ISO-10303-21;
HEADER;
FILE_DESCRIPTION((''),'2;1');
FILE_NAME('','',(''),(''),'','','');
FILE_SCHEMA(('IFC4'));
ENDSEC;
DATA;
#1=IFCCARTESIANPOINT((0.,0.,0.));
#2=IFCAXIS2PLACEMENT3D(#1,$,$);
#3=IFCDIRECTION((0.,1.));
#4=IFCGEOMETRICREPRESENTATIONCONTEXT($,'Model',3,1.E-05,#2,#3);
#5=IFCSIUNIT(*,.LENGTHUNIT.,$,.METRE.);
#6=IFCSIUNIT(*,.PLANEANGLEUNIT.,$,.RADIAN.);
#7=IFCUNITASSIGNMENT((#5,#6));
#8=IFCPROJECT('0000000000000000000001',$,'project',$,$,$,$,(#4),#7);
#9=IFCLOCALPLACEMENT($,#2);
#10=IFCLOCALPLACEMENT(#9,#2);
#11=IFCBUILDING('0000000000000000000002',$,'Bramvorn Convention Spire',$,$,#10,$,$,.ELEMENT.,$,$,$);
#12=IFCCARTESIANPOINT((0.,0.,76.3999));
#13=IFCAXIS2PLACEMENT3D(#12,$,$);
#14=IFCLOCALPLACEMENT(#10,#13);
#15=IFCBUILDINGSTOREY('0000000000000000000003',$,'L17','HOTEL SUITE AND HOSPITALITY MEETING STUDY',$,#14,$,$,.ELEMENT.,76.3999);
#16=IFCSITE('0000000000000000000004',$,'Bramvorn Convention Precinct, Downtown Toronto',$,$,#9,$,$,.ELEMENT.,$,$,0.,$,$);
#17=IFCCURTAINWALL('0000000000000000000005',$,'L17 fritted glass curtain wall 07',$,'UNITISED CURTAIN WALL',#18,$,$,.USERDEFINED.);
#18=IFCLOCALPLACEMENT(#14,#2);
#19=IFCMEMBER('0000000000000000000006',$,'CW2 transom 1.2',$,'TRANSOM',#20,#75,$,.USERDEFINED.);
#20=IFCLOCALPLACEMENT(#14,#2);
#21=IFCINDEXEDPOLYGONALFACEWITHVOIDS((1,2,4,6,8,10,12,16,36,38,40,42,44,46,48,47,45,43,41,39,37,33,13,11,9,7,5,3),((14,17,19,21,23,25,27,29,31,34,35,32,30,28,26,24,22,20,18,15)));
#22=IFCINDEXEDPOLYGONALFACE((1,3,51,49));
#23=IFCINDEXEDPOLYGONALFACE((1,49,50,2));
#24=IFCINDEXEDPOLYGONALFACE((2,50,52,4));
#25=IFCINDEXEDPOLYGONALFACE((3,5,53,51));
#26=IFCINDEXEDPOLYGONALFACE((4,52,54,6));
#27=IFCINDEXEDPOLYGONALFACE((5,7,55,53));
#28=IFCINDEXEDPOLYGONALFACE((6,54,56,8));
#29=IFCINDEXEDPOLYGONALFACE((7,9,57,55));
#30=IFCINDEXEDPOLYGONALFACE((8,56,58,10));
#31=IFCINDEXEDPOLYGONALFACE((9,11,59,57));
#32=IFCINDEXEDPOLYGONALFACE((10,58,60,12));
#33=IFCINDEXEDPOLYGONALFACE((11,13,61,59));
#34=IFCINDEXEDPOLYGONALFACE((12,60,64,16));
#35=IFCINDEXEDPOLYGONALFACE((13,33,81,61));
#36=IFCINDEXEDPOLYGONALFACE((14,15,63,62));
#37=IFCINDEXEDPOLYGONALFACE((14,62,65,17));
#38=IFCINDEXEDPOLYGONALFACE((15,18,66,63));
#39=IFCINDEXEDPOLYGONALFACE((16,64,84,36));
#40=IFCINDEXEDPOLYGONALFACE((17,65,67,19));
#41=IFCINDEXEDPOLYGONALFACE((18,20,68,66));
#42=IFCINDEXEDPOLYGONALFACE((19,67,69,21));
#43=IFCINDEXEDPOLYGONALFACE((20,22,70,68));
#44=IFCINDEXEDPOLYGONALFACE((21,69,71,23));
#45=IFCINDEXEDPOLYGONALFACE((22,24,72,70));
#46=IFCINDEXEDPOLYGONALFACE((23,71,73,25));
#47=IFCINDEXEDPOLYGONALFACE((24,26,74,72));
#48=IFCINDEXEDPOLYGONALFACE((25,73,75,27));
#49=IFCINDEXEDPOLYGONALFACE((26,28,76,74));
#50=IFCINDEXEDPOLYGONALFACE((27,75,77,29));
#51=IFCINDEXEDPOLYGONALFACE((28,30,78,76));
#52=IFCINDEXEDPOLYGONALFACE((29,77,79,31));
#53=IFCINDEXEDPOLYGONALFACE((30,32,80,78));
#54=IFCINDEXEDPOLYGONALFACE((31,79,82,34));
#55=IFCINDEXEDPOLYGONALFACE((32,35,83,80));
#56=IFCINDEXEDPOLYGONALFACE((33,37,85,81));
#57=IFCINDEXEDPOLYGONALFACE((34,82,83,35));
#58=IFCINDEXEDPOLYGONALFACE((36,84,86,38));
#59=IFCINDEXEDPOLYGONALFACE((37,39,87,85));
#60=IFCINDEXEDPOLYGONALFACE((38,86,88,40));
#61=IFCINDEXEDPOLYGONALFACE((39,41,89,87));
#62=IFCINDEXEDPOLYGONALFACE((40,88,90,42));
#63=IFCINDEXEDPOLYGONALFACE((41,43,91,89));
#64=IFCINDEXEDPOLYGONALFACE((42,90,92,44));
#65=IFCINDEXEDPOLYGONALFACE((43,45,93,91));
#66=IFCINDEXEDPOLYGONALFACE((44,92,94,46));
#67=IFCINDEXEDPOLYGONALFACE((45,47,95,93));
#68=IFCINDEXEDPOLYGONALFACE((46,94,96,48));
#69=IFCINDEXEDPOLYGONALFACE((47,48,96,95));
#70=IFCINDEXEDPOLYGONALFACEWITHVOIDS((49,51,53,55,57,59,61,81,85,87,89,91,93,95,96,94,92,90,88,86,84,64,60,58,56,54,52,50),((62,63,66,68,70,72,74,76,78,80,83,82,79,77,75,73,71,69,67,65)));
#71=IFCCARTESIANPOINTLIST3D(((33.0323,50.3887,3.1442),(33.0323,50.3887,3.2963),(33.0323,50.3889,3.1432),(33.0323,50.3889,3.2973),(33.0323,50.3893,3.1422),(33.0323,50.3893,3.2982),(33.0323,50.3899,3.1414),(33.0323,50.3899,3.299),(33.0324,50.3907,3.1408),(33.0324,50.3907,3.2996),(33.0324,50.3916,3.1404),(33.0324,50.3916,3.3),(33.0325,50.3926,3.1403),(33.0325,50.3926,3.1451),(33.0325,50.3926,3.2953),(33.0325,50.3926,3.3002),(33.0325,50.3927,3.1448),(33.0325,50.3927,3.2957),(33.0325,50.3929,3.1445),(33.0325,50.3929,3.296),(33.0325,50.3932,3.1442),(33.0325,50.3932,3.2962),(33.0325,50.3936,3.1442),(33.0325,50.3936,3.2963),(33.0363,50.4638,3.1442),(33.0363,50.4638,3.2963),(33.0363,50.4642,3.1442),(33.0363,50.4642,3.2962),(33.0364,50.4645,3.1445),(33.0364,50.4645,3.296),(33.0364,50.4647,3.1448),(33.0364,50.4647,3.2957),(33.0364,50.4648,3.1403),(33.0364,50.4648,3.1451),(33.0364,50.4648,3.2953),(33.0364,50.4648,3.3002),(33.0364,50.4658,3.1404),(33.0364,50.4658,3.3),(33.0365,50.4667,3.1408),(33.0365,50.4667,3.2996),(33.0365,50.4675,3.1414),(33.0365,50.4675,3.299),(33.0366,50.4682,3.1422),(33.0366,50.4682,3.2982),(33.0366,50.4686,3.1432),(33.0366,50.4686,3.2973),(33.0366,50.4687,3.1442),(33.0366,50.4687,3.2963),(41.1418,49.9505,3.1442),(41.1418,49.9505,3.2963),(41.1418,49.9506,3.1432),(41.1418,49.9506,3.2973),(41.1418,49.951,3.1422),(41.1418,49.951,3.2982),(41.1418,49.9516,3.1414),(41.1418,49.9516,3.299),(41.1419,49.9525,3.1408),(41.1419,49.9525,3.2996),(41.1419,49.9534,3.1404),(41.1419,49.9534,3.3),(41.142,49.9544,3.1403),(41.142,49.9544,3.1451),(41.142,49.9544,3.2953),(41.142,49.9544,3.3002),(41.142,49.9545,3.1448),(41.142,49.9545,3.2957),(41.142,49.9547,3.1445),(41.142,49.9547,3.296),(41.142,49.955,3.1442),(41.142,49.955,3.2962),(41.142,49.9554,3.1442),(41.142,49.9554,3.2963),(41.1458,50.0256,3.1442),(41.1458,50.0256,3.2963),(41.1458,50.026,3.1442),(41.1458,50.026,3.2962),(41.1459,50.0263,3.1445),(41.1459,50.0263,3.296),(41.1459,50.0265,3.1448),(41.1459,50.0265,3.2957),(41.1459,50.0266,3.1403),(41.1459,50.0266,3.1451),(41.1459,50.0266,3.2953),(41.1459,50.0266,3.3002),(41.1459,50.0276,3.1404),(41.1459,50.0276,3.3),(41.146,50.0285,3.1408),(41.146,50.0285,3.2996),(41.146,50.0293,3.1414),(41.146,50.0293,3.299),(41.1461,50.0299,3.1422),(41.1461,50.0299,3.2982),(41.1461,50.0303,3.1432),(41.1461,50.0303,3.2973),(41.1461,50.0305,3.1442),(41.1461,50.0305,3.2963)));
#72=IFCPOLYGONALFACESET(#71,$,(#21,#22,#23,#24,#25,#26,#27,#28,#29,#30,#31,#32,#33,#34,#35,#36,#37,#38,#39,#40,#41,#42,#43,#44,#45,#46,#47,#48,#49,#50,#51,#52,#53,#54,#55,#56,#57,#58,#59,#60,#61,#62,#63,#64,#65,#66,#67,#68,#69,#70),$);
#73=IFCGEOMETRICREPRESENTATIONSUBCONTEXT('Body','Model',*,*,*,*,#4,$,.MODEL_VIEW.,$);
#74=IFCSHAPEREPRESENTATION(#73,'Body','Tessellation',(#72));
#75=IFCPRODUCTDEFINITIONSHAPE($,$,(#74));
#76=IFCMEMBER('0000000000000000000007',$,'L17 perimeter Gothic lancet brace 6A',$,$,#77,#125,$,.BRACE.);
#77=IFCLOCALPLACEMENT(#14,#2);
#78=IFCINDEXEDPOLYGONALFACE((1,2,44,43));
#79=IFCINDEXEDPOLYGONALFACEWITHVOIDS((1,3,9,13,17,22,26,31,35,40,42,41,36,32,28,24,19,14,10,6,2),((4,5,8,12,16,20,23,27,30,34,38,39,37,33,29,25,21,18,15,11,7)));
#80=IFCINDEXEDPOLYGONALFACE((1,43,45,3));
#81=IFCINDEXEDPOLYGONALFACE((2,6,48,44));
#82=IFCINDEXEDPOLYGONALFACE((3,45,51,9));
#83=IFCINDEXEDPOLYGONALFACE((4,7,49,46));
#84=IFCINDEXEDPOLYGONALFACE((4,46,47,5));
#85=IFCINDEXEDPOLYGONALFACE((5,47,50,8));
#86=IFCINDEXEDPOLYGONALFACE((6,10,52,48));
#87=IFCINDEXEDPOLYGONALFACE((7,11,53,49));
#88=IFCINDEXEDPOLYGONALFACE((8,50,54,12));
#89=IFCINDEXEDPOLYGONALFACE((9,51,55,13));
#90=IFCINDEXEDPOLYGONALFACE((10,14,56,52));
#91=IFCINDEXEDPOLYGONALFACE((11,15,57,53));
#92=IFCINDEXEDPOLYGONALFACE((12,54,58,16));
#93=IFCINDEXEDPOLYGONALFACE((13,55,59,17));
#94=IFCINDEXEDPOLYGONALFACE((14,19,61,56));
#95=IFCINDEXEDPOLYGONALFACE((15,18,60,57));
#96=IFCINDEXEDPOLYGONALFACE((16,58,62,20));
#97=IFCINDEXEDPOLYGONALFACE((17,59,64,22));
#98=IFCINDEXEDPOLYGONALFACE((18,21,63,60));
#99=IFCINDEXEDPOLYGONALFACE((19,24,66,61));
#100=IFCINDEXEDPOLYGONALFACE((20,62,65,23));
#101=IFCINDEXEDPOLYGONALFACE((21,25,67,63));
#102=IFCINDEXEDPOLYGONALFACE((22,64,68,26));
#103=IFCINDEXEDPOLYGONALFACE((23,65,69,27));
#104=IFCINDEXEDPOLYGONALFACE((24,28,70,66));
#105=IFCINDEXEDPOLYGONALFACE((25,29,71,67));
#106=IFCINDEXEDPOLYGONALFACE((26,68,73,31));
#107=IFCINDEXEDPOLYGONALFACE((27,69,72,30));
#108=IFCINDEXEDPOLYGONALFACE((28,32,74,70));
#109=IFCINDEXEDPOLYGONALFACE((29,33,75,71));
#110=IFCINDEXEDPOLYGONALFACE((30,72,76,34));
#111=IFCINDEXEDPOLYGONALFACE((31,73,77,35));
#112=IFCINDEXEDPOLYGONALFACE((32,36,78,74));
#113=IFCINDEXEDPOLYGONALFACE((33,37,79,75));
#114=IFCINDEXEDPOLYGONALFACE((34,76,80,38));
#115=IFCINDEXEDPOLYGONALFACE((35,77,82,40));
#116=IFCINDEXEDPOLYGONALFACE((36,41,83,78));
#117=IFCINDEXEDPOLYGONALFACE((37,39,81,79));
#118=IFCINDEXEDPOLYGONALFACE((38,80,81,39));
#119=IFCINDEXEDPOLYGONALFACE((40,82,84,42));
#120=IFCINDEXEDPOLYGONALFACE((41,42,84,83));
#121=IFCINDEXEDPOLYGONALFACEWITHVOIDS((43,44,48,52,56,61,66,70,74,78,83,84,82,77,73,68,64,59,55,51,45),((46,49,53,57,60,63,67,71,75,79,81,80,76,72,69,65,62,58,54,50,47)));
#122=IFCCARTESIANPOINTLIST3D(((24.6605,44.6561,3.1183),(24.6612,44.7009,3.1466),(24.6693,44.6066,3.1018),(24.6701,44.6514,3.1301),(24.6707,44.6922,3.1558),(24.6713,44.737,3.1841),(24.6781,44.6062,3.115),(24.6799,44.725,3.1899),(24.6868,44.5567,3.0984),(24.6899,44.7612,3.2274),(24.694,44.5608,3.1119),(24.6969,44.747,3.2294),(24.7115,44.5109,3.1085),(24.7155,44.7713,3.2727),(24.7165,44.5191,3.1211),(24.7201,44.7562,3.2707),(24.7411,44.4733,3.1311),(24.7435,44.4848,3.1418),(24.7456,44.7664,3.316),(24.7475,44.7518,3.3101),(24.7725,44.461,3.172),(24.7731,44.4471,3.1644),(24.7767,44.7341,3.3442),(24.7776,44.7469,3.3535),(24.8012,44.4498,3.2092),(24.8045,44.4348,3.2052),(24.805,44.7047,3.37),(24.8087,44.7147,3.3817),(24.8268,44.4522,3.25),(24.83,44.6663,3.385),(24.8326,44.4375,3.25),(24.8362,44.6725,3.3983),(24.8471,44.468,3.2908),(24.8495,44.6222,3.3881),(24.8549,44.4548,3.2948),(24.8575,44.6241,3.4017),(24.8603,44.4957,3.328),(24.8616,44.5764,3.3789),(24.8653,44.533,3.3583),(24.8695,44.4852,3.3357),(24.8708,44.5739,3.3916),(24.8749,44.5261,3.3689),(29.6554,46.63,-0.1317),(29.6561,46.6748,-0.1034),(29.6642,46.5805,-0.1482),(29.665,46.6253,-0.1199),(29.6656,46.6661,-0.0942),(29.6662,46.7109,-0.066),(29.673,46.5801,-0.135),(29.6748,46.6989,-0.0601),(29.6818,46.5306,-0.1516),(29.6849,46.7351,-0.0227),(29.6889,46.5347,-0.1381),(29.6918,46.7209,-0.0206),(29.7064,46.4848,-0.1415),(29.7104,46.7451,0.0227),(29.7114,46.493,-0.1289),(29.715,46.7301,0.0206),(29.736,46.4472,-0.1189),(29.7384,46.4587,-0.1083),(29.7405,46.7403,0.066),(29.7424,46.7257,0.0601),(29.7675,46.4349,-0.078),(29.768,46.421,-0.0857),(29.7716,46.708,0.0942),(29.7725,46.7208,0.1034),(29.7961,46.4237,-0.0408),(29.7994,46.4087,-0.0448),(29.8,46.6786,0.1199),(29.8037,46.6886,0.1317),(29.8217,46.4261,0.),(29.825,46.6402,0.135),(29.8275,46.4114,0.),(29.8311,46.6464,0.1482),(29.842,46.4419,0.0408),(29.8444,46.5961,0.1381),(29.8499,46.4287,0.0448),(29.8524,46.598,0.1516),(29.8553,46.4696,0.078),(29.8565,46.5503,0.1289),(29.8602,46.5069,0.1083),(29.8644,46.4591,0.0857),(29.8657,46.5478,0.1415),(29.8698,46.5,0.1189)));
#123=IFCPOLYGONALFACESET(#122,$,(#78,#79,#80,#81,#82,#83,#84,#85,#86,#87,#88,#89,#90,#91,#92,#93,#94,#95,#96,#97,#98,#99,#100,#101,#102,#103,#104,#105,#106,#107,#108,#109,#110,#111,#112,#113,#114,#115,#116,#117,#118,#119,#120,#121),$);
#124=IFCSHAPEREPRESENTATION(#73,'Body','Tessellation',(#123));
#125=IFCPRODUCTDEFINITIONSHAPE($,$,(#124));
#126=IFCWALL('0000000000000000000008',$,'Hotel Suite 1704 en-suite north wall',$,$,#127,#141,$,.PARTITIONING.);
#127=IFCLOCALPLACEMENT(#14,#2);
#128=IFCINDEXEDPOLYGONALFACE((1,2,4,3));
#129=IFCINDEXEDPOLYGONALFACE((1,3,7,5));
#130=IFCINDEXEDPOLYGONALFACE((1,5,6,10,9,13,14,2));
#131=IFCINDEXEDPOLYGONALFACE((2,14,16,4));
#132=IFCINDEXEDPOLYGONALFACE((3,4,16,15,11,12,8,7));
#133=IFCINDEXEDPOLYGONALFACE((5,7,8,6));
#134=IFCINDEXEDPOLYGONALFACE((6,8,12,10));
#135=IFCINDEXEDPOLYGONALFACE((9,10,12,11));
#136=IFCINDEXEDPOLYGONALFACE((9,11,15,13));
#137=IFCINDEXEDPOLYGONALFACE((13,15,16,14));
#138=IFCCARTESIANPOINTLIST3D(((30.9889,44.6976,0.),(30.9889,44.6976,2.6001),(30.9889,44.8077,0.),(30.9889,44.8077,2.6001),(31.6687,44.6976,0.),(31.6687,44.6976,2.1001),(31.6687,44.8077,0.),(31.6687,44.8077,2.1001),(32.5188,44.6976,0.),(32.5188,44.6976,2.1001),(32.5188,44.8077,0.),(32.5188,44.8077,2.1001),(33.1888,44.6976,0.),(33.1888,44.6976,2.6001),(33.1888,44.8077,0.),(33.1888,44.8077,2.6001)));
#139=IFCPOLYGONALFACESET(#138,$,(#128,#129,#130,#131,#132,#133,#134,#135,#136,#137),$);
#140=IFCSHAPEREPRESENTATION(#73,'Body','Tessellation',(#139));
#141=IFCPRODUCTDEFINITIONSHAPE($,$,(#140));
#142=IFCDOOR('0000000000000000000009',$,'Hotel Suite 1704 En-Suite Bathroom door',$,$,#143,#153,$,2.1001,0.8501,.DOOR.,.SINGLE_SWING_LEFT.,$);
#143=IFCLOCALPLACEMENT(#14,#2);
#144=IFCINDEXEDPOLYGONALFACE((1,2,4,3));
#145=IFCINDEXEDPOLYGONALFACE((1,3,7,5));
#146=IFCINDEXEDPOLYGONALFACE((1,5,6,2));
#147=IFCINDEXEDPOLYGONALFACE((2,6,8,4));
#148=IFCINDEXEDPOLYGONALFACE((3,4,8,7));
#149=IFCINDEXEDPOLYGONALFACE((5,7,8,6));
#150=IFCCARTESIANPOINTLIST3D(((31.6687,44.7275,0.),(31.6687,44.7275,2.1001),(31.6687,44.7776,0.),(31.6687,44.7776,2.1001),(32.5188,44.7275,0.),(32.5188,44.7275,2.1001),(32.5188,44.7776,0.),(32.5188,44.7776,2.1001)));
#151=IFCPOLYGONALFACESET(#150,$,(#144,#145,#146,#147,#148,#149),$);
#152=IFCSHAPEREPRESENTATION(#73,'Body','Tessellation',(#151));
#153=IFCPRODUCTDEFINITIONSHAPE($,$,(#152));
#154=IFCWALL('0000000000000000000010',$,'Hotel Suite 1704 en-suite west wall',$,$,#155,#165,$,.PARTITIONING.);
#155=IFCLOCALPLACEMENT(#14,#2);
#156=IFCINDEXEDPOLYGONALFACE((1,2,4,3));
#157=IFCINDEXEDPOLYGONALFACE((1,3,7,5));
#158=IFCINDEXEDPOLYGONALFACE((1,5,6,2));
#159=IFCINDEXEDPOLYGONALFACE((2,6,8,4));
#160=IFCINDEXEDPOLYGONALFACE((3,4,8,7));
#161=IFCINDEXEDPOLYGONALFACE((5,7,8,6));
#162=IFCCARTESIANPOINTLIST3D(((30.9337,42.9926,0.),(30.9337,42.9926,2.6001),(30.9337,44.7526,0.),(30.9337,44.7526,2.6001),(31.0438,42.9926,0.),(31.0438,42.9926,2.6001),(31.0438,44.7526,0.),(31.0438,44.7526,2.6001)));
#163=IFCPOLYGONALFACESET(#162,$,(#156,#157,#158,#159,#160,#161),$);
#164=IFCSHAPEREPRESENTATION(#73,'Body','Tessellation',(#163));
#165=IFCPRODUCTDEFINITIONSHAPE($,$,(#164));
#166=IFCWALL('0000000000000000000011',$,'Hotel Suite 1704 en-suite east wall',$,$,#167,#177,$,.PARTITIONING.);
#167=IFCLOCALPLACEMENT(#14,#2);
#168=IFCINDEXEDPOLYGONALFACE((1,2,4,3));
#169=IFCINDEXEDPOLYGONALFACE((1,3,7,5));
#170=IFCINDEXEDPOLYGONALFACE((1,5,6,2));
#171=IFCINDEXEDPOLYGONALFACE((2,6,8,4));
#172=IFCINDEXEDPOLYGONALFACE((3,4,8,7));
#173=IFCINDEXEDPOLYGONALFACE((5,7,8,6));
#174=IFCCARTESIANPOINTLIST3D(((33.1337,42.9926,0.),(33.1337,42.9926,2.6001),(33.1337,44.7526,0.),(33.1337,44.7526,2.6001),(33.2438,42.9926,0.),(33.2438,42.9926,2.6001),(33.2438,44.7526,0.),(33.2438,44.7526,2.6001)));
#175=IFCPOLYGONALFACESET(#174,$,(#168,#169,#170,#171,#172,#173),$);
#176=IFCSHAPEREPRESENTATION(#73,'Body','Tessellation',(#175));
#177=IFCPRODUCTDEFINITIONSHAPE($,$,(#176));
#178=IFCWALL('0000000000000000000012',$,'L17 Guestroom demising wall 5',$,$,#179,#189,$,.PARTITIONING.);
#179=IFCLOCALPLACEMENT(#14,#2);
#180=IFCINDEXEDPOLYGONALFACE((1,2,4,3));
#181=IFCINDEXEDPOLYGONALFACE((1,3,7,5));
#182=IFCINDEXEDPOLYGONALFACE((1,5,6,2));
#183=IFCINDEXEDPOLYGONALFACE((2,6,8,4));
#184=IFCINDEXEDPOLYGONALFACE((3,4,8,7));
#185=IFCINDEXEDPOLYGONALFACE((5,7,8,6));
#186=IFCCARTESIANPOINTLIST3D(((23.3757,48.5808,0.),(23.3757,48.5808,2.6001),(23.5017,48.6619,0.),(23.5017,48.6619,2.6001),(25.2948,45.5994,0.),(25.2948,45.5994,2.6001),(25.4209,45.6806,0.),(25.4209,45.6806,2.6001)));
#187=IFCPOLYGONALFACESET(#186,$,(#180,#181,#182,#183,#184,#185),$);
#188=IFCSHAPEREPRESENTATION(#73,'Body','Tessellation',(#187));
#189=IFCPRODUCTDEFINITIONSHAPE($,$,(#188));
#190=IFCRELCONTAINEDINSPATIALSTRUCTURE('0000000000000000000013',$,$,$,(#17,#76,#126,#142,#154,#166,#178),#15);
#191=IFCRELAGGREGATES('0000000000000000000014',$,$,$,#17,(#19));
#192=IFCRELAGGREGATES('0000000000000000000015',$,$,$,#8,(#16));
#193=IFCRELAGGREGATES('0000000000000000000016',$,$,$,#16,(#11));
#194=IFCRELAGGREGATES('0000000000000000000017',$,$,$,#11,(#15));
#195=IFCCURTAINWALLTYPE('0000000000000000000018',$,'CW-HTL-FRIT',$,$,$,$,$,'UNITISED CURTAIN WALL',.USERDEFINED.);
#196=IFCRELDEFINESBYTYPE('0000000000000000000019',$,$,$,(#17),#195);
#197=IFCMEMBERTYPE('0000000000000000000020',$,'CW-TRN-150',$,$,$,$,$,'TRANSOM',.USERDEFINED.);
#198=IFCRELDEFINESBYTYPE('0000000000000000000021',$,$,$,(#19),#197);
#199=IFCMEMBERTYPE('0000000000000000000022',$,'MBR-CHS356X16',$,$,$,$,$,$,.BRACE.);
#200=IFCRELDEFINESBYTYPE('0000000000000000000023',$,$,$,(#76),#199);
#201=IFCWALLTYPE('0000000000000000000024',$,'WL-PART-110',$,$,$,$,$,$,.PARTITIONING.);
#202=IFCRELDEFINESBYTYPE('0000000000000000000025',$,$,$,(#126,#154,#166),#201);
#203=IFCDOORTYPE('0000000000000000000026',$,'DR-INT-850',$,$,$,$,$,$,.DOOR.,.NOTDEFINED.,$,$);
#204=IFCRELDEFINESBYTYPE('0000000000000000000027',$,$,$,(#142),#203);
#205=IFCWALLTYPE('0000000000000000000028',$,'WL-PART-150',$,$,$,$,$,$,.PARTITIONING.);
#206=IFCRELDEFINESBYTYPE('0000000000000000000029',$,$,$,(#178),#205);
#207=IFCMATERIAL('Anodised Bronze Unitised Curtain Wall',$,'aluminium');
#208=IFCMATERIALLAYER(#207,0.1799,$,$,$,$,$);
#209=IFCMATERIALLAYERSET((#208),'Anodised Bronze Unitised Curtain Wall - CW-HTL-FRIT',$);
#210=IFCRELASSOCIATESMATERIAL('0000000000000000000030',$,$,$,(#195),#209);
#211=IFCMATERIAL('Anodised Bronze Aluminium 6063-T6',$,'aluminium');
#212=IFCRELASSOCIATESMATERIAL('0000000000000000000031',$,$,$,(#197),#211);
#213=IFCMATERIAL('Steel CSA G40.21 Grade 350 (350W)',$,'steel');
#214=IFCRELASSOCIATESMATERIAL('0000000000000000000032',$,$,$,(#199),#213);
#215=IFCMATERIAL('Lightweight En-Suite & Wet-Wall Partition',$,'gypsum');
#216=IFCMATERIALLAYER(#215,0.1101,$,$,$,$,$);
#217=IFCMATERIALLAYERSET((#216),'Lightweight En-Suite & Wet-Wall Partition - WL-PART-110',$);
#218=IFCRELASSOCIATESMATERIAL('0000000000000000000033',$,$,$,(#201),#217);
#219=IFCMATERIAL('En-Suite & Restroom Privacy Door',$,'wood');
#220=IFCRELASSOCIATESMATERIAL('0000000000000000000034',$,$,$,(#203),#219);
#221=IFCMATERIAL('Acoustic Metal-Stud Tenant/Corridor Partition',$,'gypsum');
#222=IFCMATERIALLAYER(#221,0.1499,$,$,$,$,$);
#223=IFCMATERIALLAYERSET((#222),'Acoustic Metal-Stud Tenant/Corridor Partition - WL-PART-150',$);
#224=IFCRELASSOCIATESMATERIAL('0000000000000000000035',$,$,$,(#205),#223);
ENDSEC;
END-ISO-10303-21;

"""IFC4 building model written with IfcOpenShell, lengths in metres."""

from ifc_helpers import new_model, si_unit, direction, frame, frame_2d, origin, origin_2d, place, context, subcontext, project, spatial, rectangle, hollow_rectangle, hollow_circle, extrude, material, layer, layer_set, material_profile, profile_set, type_object, element, fill, aggregate, save


model = new_model("IFC4")

# Units and contexts
model_context = context("Model", 3, precision=1e-05, world=origin(), true_north=direction((0.0, 1.0)))
body_context = subcontext(model_context, "Body", "Model", "MODEL_VIEW")
ifc_project = project(units=[si_unit("LENGTHUNIT", "METRE"), si_unit("PLANEANGLEUNIT", "RADIAN")], contexts=[model_context])

# Site, building, storey
site_placement = place(None, origin())
site = spatial("IfcSite", under=ifc_project, at=site_placement, Name="Bramvorn Convention Precinct, Downtown Toronto", CompositionType="ELEMENT", RefElevation=0.0)
building_placement = place(site_placement, origin())
building = spatial("IfcBuilding", under=site, at=building_placement, Name="Bramvorn Convention Spire", CompositionType="ELEMENT")
storey_placement = place(building_placement, frame((0.0, 0.0, 76.3999)))
storey = spatial("IfcBuildingStorey", under=building, at=storey_placement, Name="L17", Description="HOTEL SUITE AND HOSPITALITY MEETING STUDY", CompositionType="ELEMENT", Elevation=76.3999)

# Shared definitions
ifc_material_1 = material(Name="Steel CSA G40.21 Grade 350 (350W)", Category="steel")

# Curtain wall, member
ifc_material_2 = material(Name="Anodised Bronze Unitised Curtain Wall", Category="aluminium")
ifc_layer_1 = layer(ifc_material_2, 0.1799)
ifc_layer_set_1 = layer_set([ifc_layer_1], Name="Anodised Bronze Unitised Curtain Wall - CW-HTL-FRIT")
curtain_wall_type = type_object("IfcCurtainWallType", Name="CW-HTL-FRIT", ElementType="UNITISED CURTAIN WALL", PredefinedType="USERDEFINED", material=ifc_layer_set_1)
curtain_wall_placement = place(storey_placement, origin())
curtain_wall = element("IfcCurtainWall", 1, at=curtain_wall_placement, inside=storey, type_object=curtain_wall_type, Name="L17 fritted glass curtain wall 07", ObjectType="UNITISED CURTAIN WALL", PredefinedType="USERDEFINED")
ifc_material_3 = material(Name="Anodised Bronze Aluminium 6063-T6", Category="aluminium")
ifc_material_profile_1 = material_profile(ifc_material_3, hollow_rectangle(XDim=0.0801, YDim=0.1599, WallThickness=0.0039, InnerFilletRadius=0.001, OuterFilletRadius=0.0039, at=origin_2d()))
ifc_profile_set_1 = profile_set([ifc_material_profile_1], Name="Anodised Bronze Aluminium 6063-T6 - CWT80X160")
member_type_1 = type_object("IfcMemberType", Name="CW-TRN-150", ElementType="TRANSOM", PredefinedType="USERDEFINED", material=ifc_profile_set_1)
member_1_placement = place(storey_placement, frame((33.0344, 50.4287, 3.2202), z_axis=(0.998543, -0.05396, 0.0), x_axis=(0.05396, 0.998543, 0.0)))
member_1 = element("IfcMember", 2, at=member_1_placement, type_object=member_type_1, Name="CW2 transom 1.2", ObjectType="TRANSOM", PredefinedType="USERDEFINED", context=body_context, shape_type="SweptSolid", body=[
    extrude(hollow_rectangle(XDim=0.0801, YDim=0.1599, WallThickness=0.0039, InnerFilletRadius=0.001, OuterFilletRadius=0.0039, at=origin_2d()), origin(), (0.0, 0.0, 1.0), 8.1213),
])
aggregate(curtain_wall, [member_1])

# Member
ifc_material_profile_2 = material_profile(ifc_material_1, hollow_circle(Radius=0.1777, WallThickness=0.0159, at=origin_2d()))
ifc_profile_set_2 = profile_set([ifc_material_profile_2], Name="Steel CSA G40.21 Grade 350 (350W) - CHS356X16")
member_type_2 = type_object("IfcMemberType", Name="MBR-CHS356X16", PredefinedType="BRACE", material=ifc_profile_set_2)
member_2_placement = place(storey_placement, frame((29.7622, 46.5767, 0.0), z_axis=(-0.795674, -0.314435, 0.517719), x_axis=(0.367524, -0.930014, 0.0)))
element("IfcMember", 3, at=member_2_placement, inside=storey, type_object=member_type_2, Name="L17 perimeter Gothic lancet brace 6A", PredefinedType="BRACE", context=body_context, shape_type="SweptSolid", body=[
    extrude(hollow_circle(Radius=0.1777, WallThickness=0.0159, at=origin_2d()), origin(), (0.0, 0.0, 1.0), 6.2776),
])

# Wall, opening, door
ifc_material_4 = material(Name="Lightweight En-Suite & Wet-Wall Partition", Category="gypsum")
ifc_layer_2 = layer(ifc_material_4, 0.1101)
ifc_layer_set_2 = layer_set([ifc_layer_2], Name="Lightweight En-Suite & Wet-Wall Partition - WL-PART-110")
wall_type_1 = type_object("IfcWallType", Name="WL-PART-110", PredefinedType="PARTITIONING", material=ifc_layer_set_2)
wall_1_placement = place(storey_placement, frame((30.9888, 44.7527, 0.0), z_axis=(0.0, 0.0, 1.0), x_axis=(1.0, 0.0, 0.0)))
wall_1 = element("IfcWall", 4, at=wall_1_placement, inside=storey, type_object=wall_type_1, Name="Hotel Suite 1704 en-suite north wall", PredefinedType="PARTITIONING", context=body_context, shape_type="SweptSolid", body=[
    extrude(rectangle(XDim=2.2, YDim=0.1101, at=frame_2d((1.1001, 0.0))), origin(), (0.0, 0.0, 1.0), 2.6001),
])
opening_placement = place(wall_1_placement, frame((0.6799, 0.0, 0.0)))
opening = element("IfcOpeningElement", 5, at=opening_placement, cuts=wall_1, PredefinedType="OPENING", context=body_context, shape_type="SweptSolid", body=[
    extrude(rectangle(XDim=0.8501, YDim=2.1001, at=frame_2d((0.425, 1.05))), frame((0.0, 0.0649, 0.0), z_axis=(0.0, -1.0, 0.0), x_axis=(1.0, 0.0, 0.0)), (0.0, 0.0, 1.0), 0.1301),
])
ifc_material_5 = material(Name="En-Suite & Restroom Privacy Door", Category="wood")
door_type = type_object("IfcDoorType", Name="DR-INT-850", OperationType="NOTDEFINED", PredefinedType="DOOR", material=ifc_material_5)
door_placement = place(opening_placement, origin())
door = element("IfcDoor", 6, at=door_placement, inside=storey, type_object=door_type, Name="Hotel Suite 1704 En-Suite Bathroom door", OperationType="SINGLE_SWING_LEFT", OverallHeight=2.1001, OverallWidth=0.8501, PredefinedType="DOOR", context=body_context, shape_type="SweptSolid", body=[
    extrude(rectangle(XDim=0.8501, YDim=2.1001, at=frame_2d((0.425, 1.05))), frame((0.0, 0.0249, 0.0), z_axis=(0.0, -1.0, 0.0), x_axis=(1.0, 0.0, 0.0)), (0.0, 0.0, 1.0), 0.05),
])
fill(opening, door)

# Walls
for number, where, z_axis, x_axis, name in (
    (7, (30.9888, 42.9927, 0.0), (0.0, 0.0, 1.0), (0.0, 1.0, 0.0), "Hotel Suite 1704 en-suite west wall"),
    (8, (33.1887, 42.9927, 0.0), (0.0, 0.0, 1.0), (0.0, 1.0, 0.0), "Hotel Suite 1704 en-suite east wall"),
):
    element("IfcWall", number, at=place(storey_placement, frame(where, z_axis=z_axis, x_axis=x_axis)), inside=storey, type_object=wall_type_1, Name=name, PredefinedType="PARTITIONING", context=body_context, shape_type="SweptSolid", body=[
        extrude(rectangle(XDim=1.76, YDim=0.1101, at=frame_2d((0.8799, 0.0))), origin(), (0.0, 0.0, 1.0), 2.6001),
    ])
ifc_material_6 = material(Name="Acoustic Metal-Stud Tenant/Corridor Partition", Category="gypsum")
ifc_layer_3 = layer(ifc_material_6, 0.1499)
ifc_layer_set_3 = layer_set([ifc_layer_3], Name="Acoustic Metal-Stud Tenant/Corridor Partition - WL-PART-150")
wall_type_2 = type_object("IfcWallType", Name="WL-PART-150", PredefinedType="PARTITIONING", material=ifc_layer_set_3)
wall_2_placement = place(storey_placement, frame((25.3579, 45.6399, 0.0), z_axis=(0.0, 0.0, 1.0), x_axis=(-0.541266, 0.840852, 0.0)))
element("IfcWall", 9, at=wall_2_placement, inside=storey, type_object=wall_type_2, Name="L17 Guestroom demising wall 5", PredefinedType="PARTITIONING", context=body_context, shape_type="SweptSolid", body=[
    extrude(rectangle(XDim=3.5457, YDim=0.1499, at=frame_2d((1.7729, 0.0))), origin(), (0.0, 0.0, 1.0), 2.6001),
])

save(model, "model.ifc")
